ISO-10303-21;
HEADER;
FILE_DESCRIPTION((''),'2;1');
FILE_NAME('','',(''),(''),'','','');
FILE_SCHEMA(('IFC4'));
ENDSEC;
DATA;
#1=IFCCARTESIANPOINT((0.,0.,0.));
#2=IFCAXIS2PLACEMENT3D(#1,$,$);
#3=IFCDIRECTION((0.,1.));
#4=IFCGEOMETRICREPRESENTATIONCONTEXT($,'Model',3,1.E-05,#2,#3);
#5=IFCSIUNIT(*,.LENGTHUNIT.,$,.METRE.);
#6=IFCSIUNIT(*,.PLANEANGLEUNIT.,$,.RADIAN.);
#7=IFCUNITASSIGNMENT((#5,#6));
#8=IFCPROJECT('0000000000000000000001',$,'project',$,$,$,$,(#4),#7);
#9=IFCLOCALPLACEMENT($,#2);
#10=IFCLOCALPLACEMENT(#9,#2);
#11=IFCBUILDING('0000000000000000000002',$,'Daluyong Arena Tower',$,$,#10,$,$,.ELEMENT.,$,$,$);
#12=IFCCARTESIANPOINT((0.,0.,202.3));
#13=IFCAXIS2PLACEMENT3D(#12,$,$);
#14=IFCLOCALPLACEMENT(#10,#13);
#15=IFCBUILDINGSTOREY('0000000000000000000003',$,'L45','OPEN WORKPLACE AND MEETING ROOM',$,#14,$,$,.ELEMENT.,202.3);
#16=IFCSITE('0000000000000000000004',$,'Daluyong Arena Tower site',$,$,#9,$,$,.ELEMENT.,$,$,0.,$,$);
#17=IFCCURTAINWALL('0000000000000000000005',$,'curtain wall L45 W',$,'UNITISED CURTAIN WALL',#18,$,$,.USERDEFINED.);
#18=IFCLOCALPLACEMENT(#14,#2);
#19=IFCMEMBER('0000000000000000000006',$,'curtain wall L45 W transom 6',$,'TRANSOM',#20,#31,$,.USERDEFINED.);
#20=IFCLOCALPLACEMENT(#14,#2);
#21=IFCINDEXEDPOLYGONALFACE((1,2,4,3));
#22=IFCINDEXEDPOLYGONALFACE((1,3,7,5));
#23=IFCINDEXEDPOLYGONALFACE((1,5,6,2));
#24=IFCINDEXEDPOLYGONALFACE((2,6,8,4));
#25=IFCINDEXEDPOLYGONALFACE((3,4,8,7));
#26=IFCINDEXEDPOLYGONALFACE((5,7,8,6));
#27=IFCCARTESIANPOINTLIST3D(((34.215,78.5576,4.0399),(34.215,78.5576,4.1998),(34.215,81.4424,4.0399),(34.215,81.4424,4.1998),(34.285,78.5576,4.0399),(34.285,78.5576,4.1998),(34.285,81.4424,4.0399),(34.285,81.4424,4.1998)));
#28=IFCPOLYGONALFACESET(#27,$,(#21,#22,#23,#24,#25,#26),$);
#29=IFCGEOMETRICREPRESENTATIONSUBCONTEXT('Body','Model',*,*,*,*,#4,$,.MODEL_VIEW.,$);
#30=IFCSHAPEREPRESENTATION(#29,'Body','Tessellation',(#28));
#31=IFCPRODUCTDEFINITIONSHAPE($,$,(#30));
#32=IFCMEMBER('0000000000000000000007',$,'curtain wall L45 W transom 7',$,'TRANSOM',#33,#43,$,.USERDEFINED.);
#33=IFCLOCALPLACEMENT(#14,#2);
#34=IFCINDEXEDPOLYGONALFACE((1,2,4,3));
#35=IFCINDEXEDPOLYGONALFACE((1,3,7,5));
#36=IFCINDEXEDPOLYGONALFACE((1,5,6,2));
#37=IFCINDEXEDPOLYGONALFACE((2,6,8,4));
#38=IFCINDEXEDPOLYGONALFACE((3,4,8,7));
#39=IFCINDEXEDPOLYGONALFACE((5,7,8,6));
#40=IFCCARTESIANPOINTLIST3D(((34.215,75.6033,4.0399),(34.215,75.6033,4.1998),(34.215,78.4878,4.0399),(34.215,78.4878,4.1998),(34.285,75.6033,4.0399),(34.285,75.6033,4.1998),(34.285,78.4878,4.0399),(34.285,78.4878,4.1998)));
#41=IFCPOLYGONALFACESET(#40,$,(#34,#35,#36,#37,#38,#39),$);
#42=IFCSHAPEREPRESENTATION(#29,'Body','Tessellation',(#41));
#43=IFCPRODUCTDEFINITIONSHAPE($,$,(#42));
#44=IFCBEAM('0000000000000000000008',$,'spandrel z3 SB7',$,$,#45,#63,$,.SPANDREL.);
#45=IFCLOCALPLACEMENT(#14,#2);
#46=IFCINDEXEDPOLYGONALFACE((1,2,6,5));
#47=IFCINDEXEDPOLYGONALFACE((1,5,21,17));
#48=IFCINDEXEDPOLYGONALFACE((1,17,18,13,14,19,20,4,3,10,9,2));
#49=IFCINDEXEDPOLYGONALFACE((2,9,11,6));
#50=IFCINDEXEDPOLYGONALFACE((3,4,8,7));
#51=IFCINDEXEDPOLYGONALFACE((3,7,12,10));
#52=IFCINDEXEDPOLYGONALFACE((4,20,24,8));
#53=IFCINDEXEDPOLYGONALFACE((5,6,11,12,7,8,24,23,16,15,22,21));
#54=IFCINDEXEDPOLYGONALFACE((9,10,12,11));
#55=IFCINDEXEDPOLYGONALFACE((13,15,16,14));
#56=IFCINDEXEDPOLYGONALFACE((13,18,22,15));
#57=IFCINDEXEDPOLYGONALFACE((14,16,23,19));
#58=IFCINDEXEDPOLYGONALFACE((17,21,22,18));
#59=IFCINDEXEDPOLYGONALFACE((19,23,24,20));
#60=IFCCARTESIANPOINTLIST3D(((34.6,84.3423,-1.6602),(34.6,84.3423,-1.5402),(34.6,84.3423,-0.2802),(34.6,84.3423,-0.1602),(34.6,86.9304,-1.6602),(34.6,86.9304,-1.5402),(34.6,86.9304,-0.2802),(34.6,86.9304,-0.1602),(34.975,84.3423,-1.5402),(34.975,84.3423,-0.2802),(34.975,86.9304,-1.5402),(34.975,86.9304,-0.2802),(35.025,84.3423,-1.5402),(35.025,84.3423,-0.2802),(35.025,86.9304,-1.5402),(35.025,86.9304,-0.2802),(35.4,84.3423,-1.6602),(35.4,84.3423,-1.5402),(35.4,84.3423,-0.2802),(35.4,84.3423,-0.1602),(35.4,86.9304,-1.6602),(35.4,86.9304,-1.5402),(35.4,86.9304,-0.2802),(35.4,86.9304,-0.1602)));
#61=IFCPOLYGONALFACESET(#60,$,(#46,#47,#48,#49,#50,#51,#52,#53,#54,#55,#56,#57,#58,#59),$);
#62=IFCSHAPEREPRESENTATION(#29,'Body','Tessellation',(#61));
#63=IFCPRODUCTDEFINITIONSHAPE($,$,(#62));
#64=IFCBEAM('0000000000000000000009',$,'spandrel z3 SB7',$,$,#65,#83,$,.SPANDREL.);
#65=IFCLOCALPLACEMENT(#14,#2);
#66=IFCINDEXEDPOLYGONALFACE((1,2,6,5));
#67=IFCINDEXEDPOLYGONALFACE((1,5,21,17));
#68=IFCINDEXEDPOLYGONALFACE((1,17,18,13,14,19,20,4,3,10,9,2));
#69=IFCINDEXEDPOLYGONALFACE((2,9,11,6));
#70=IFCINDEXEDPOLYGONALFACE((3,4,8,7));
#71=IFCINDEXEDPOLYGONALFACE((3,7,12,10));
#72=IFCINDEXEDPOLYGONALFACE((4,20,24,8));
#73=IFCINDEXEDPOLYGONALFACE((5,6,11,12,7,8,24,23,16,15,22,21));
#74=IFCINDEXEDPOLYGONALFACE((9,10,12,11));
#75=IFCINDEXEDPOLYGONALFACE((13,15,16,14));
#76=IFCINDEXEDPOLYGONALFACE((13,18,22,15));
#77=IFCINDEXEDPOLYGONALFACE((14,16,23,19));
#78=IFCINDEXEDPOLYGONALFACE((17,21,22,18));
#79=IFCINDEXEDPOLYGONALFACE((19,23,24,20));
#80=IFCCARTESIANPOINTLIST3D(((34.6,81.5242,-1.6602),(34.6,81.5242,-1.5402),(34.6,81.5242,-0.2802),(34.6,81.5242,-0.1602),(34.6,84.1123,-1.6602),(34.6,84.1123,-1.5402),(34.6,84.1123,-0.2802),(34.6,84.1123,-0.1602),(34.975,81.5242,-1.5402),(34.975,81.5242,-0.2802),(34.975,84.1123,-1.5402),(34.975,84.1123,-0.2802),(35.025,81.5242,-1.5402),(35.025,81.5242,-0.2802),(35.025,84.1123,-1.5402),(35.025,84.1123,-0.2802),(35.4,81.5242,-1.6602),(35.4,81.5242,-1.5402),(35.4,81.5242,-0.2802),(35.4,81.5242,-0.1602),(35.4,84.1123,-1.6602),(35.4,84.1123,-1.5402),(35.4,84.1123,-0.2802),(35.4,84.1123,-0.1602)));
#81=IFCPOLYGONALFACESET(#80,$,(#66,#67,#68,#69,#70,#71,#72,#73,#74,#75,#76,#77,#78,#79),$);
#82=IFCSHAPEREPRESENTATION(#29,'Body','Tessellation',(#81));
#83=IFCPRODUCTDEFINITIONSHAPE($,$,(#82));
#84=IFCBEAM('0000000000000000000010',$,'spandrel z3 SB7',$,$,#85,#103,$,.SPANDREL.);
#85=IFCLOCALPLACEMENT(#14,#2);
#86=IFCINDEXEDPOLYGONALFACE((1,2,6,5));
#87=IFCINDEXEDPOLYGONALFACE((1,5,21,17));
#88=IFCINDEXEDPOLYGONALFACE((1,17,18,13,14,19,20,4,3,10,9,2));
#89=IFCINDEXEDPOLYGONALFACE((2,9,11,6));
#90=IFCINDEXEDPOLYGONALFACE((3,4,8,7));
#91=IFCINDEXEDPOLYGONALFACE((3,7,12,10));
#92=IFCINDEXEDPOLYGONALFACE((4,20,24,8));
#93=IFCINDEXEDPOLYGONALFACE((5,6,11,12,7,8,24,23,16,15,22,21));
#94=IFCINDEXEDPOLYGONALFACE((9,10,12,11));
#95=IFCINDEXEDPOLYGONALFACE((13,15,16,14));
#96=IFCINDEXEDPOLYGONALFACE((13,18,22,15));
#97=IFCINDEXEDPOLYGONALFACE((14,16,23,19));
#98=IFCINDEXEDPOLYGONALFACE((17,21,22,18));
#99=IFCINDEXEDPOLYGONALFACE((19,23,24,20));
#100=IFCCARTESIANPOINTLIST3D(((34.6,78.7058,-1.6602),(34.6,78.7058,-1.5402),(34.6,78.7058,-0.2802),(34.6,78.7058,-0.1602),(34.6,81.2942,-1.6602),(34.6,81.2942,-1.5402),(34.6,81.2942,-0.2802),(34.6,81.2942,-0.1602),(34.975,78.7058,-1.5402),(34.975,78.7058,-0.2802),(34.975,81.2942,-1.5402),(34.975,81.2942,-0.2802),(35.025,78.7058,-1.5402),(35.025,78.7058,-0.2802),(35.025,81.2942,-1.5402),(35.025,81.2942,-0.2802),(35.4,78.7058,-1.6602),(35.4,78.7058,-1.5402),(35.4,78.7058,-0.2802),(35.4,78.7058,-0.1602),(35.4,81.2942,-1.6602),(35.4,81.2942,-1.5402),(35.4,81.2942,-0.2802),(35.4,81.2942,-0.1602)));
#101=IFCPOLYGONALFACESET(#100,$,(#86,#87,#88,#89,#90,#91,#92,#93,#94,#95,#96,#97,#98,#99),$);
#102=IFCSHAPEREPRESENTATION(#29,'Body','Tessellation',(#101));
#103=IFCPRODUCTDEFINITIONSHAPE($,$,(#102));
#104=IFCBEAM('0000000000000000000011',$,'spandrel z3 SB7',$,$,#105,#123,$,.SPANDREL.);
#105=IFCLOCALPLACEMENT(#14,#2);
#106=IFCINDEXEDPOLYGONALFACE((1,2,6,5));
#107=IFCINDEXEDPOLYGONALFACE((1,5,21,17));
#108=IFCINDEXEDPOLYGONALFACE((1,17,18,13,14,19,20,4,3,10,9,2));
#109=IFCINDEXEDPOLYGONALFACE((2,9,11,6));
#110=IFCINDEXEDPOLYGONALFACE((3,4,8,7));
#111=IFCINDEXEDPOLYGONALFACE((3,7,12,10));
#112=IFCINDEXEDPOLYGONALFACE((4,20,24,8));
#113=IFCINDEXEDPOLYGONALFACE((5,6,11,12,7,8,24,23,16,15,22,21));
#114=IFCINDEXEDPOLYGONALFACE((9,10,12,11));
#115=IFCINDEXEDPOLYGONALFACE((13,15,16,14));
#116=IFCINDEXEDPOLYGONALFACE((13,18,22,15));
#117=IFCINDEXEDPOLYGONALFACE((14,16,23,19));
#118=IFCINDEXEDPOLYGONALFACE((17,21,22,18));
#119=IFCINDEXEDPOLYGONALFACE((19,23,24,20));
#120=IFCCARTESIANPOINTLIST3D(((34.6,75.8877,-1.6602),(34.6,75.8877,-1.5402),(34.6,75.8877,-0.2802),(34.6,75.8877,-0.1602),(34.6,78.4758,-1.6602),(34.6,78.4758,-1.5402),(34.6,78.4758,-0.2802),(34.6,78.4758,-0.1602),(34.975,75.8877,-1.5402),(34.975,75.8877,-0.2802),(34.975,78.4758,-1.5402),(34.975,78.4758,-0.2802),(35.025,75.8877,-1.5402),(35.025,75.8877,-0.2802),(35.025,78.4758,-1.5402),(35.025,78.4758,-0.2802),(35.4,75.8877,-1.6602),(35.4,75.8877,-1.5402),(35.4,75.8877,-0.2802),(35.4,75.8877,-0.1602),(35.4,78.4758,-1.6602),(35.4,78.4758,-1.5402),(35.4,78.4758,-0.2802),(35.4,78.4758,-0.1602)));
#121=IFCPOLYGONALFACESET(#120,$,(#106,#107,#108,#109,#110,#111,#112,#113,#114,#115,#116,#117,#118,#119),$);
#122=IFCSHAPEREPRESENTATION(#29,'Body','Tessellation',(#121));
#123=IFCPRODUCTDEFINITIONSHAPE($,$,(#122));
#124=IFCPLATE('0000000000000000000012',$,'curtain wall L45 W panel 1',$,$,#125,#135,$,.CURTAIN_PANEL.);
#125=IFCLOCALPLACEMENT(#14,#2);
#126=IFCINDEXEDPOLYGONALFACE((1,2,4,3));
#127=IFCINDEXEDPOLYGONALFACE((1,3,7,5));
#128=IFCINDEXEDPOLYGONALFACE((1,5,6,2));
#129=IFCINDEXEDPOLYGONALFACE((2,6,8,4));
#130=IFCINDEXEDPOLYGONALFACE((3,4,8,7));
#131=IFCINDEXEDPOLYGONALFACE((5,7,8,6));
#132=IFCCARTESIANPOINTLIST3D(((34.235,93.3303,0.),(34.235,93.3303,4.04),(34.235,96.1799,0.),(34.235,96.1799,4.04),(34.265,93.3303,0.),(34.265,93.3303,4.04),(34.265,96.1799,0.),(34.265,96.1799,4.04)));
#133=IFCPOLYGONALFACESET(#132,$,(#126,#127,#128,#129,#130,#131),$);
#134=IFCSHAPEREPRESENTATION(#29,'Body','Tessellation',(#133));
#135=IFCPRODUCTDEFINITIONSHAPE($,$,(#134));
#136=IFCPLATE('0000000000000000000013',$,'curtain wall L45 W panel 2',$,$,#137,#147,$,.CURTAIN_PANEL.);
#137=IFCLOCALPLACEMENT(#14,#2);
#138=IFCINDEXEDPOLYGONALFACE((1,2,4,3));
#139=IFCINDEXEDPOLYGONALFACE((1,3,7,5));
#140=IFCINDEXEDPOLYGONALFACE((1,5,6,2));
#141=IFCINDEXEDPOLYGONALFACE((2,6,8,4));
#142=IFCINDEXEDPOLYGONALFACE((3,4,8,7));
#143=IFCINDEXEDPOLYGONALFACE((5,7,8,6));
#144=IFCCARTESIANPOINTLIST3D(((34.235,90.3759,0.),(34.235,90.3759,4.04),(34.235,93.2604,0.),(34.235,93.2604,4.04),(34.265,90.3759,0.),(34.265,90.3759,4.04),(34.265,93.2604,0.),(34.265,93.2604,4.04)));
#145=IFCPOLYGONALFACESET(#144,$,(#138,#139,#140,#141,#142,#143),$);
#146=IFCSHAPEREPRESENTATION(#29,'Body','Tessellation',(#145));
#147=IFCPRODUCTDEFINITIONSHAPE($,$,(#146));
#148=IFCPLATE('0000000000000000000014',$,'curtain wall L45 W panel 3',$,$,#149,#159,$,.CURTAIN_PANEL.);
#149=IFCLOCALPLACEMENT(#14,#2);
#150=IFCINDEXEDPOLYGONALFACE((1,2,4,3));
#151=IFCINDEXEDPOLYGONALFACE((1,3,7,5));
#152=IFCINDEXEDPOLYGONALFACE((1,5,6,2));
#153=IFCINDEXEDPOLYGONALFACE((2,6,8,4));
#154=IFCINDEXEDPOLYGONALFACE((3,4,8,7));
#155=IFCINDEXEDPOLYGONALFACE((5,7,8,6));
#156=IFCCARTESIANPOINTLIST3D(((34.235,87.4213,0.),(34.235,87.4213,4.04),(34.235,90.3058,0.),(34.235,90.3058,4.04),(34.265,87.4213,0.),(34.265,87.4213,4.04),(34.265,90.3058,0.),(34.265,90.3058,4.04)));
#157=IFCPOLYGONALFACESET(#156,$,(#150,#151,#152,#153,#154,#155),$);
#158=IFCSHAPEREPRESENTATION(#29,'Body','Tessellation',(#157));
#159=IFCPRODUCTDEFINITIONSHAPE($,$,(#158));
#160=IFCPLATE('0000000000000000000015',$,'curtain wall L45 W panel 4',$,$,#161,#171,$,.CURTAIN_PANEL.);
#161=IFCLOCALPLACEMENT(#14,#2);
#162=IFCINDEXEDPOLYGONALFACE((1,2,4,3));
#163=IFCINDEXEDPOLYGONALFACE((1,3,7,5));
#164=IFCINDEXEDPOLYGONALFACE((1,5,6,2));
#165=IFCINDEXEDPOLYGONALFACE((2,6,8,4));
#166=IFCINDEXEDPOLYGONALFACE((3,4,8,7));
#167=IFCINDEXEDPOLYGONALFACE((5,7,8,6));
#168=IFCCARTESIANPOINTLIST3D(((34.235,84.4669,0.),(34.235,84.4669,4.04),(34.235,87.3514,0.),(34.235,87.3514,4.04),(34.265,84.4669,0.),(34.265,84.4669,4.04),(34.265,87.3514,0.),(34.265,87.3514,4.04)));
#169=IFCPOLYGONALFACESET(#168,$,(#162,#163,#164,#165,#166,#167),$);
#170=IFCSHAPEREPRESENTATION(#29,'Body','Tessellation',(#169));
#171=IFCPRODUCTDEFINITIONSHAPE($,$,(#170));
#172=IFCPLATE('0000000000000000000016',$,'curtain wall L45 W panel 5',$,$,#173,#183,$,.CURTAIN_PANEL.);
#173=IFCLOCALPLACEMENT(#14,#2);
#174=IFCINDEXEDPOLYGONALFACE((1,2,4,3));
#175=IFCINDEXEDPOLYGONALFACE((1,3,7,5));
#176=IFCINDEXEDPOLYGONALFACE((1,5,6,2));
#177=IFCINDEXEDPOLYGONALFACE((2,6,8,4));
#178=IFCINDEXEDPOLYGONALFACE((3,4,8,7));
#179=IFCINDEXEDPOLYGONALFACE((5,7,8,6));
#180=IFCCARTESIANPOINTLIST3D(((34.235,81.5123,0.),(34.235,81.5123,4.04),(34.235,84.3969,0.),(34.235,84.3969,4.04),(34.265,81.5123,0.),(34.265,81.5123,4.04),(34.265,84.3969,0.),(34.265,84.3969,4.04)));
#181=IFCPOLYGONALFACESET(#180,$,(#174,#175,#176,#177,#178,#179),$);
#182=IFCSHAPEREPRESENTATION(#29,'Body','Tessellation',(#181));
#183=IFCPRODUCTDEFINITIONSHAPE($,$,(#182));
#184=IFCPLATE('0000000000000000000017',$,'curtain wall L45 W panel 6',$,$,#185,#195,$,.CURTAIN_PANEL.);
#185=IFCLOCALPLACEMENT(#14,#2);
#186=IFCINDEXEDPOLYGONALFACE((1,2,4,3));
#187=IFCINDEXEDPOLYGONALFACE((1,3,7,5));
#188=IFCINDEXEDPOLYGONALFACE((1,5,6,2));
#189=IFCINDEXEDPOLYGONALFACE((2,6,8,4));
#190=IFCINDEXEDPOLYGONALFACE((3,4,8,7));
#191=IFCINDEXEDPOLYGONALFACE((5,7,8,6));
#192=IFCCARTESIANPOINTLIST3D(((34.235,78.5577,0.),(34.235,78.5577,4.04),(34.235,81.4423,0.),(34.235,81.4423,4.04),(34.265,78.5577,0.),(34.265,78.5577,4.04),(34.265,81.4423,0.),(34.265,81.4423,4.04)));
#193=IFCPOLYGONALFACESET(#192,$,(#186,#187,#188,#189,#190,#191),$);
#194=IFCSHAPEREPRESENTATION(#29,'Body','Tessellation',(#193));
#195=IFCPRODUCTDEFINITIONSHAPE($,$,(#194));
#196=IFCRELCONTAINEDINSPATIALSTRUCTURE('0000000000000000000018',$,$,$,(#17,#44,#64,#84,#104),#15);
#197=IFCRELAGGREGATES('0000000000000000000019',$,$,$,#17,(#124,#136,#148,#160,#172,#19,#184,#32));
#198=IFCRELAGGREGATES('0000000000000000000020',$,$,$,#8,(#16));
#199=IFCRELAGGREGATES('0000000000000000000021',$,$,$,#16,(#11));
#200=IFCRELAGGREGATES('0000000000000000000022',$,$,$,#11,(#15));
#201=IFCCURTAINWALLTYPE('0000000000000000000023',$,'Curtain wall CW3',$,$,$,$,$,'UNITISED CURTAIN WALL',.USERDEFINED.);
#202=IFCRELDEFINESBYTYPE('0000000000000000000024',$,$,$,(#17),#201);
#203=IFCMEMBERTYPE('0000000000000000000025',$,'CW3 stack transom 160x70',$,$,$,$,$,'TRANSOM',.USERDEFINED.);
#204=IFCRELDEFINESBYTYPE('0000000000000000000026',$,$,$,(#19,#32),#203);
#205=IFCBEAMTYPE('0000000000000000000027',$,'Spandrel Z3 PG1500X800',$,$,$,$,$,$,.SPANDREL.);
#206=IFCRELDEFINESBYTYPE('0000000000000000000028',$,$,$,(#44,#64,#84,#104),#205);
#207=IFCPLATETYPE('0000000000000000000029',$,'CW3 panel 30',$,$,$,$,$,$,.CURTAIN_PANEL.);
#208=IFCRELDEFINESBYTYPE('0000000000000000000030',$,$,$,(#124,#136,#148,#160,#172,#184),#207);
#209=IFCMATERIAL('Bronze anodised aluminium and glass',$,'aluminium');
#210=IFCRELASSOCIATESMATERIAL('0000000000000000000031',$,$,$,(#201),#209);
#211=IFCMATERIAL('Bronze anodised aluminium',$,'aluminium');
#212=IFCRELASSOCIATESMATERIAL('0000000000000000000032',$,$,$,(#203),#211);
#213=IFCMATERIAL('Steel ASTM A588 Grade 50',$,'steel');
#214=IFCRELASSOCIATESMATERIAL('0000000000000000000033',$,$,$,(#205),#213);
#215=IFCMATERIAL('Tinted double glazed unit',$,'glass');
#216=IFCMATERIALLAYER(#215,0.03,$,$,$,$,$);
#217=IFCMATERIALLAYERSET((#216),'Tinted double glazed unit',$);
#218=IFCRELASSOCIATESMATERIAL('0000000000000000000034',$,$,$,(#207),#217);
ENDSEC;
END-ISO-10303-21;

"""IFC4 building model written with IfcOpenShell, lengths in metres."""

from ifc_helpers import new_model, si_unit, direction, frame, origin, origin_2d, place, context, subcontext, project, spatial, rectangle, i_section, extrude, material, layer, layer_set, material_profile, profile_set, type_object, element, aggregate, save


model = new_model("IFC4")

# Units and contexts
model_context = context("Model", 3, precision=1e-05, world=origin(), true_north=direction((0.0, 1.0)))
body_context = subcontext(model_context, "Body", "Model", "MODEL_VIEW")
ifc_project = project(units=[si_unit("LENGTHUNIT", "METRE"), si_unit("PLANEANGLEUNIT", "RADIAN")], contexts=[model_context])

# Site, building, storey
site_placement = place(None, origin())
site = spatial("IfcSite", under=ifc_project, at=site_placement, Name="Daluyong Arena Tower site", CompositionType="ELEMENT", RefElevation=0.0)
building_placement = place(site_placement, origin())
building = spatial("IfcBuilding", under=site, at=building_placement, Name="Daluyong Arena Tower", CompositionType="ELEMENT")
storey_placement = place(building_placement, frame((0.0, 0.0, 202.3)))
storey = spatial("IfcBuildingStorey", under=building, at=storey_placement, Name="L45", Description="OPEN WORKPLACE AND MEETING ROOM", CompositionType="ELEMENT", Elevation=202.3)

# Curtain wall, members
ifc_material_1 = material(Name="Bronze anodised aluminium and glass", Category="aluminium")
curtain_wall_type = type_object("IfcCurtainWallType", Name="Curtain wall CW3", ElementType="UNITISED CURTAIN WALL", PredefinedType="USERDEFINED", material=ifc_material_1)
curtain_wall_placement = place(storey_placement, origin())
curtain_wall = element("IfcCurtainWall", 1, at=curtain_wall_placement, inside=storey, type_object=curtain_wall_type, Name="curtain wall L45 W", ObjectType="UNITISED CURTAIN WALL", PredefinedType="USERDEFINED")
ifc_material_2 = material(Name="Bronze anodised aluminium", Category="aluminium")
ifc_material_profile_1 = material_profile(ifc_material_2, rectangle(XDim=0.0701, YDim=0.1599, at=origin_2d()))
ifc_profile_set_1 = profile_set([ifc_material_profile_1], Name="Bronze anodised aluminium")
member_type_1 = type_object("IfcMemberType", Name="CW3 stack transom 160x70", ElementType="TRANSOM", PredefinedType="USERDEFINED", material=ifc_profile_set_1)
member_1_placement = place(storey_placement, frame((34.25, 81.4424, 4.1199), z_axis=(0.0, -1.0, 0.0), x_axis=(1.0, 0.0, 0.0)))
member_1 = element("IfcMember", 2, at=member_1_placement, type_object=member_type_1, Name="curtain wall L45 W transom 6", ObjectType="TRANSOM", PredefinedType="USERDEFINED", context=body_context, shape_type="SweptSolid", body=[
    extrude(rectangle(XDim=0.0701, YDim=0.1599, at=origin_2d()), origin(), (0.0, 0.0, 1.0), 2.8848),
])
member_2_placement = place(storey_placement, frame((34.25, 78.4878, 4.1199), z_axis=(0.0, -1.0, 0.0), x_axis=(1.0, 0.0, 0.0)))
member_2 = element("IfcMember", 3, at=member_2_placement, type_object=member_type_1, Name="curtain wall L45 W transom 7", ObjectType="TRANSOM", PredefinedType="USERDEFINED", context=body_context, shape_type="SweptSolid", body=[
    extrude(rectangle(XDim=0.0701, YDim=0.1599, at=origin_2d()), origin(), (0.0, 0.0, 1.0), 2.8845),
])

# Beams
ifc_material_3 = material(Name="Steel ASTM A588 Grade 50", Category="steel")
ifc_material_profile_2 = material_profile(ifc_material_3, i_section(OverallWidth=0.8, OverallDepth=1.5, WebThickness=0.05, FlangeThickness=0.12, at=origin_2d()))
ifc_profile_set_2 = profile_set([ifc_material_profile_2], Name="Steel ASTM A588 Grade 50")
beam_type = type_object("IfcBeamType", Name="Spandrel Z3 PG1500X800", PredefinedType="SPANDREL", material=ifc_profile_set_2)
for number, where, z_axis, x_axis, name in (
    (4, (35.0, 86.9304, -0.9102), (0.0, -1.0, 0.0), (1.0, 0.0, 0.0), "spandrel z3 SB7"),
    (5, (35.0, 84.1123, -0.9102), (0.0, -1.0, 0.0), (1.0, 0.0, 0.0), "spandrel z3 SB7"),
):
    element("IfcBeam", number, at=place(storey_placement, frame(where, z_axis=z_axis, x_axis=x_axis)), inside=storey, type_object=beam_type, Name=name, PredefinedType="SPANDREL", context=body_context, shape_type="SweptSolid", body=[
        extrude(i_section(OverallWidth=0.8, OverallDepth=1.5, WebThickness=0.05, FlangeThickness=0.12, at=origin_2d()), origin(), (0.0, 0.0, 1.0), 2.5881),
    ])
beam_1_placement = place(storey_placement, frame((35.0, 81.2942, -0.9102), z_axis=(0.0, -1.0, 0.0), x_axis=(1.0, 0.0, 0.0)))
element("IfcBeam", 6, at=beam_1_placement, inside=storey, type_object=beam_type, Name="spandrel z3 SB7", PredefinedType="SPANDREL", context=body_context, shape_type="SweptSolid", body=[
    extrude(i_section(OverallWidth=0.8, OverallDepth=1.5, WebThickness=0.05, FlangeThickness=0.12, at=origin_2d()), origin(), (0.0, 0.0, 1.0), 2.5884),
])
beam_2_placement = place(storey_placement, frame((35.0, 78.4758, -0.9102), z_axis=(0.0, -1.0, 0.0), x_axis=(1.0, 0.0, 0.0)))
element("IfcBeam", 7, at=beam_2_placement, inside=storey, type_object=beam_type, Name="spandrel z3 SB7", PredefinedType="SPANDREL", context=body_context, shape_type="SweptSolid", body=[
    extrude(i_section(OverallWidth=0.8, OverallDepth=1.5, WebThickness=0.05, FlangeThickness=0.12, at=origin_2d()), origin(), (0.0, 0.0, 1.0), 2.5881),
])

# Plates
ifc_material_4 = material(Name="Tinted double glazed unit", Category="glass")
ifc_layer = layer(ifc_material_4, 0.03)
ifc_layer_set = layer_set([ifc_layer], Name="Tinted double glazed unit")
plate_type = type_object("IfcPlateType", Name="CW3 panel 30", PredefinedType="CURTAIN_PANEL", material=ifc_layer_set)
plate_1_placement = place(storey_placement, frame((34.25, 94.7551, 0.0), z_axis=(0.0, 0.0, 1.0), x_axis=(0.0, -1.0, 0.0)))
plate_1 = element("IfcPlate", 8, at=plate_1_placement, type_object=plate_type, Name="curtain wall L45 W panel 1", PredefinedType="CURTAIN_PANEL", context=body_context, shape_type="SweptSolid", body=[
    extrude(rectangle(XDim=2.8496, YDim=0.03, at=origin_2d()), origin(), (0.0, 0.0, 1.0), 4.04),
])
plate_2_placement = place(storey_placement, frame((34.25, 91.8181, 0.0), z_axis=(0.0, 0.0, 1.0), x_axis=(0.0, -1.0, 0.0)))
plate_2 = element("IfcPlate", 9, at=plate_2_placement, type_object=plate_type, Name="curtain wall L45 W panel 2", PredefinedType="CURTAIN_PANEL", context=body_context, shape_type="SweptSolid", body=[
    extrude(rectangle(XDim=2.8845, YDim=0.03, at=origin_2d()), origin(), (0.0, 0.0, 1.0), 4.04),
])
plate_3_placement = place(storey_placement, frame((34.25, 88.8635, 0.0), z_axis=(0.0, 0.0, 1.0), x_axis=(0.0, -1.0, 0.0)))
plate_3 = element("IfcPlate", 10, at=plate_3_placement, type_object=plate_type, Name="curtain wall L45 W panel 3", PredefinedType="CURTAIN_PANEL", context=body_context, shape_type="SweptSolid", body=[
    extrude(rectangle(XDim=2.8845, YDim=0.03, at=origin_2d()), origin(), (0.0, 0.0, 1.0), 4.04),
])
plate_4_placement = place(storey_placement, frame((34.25, 85.9092, 0.0), z_axis=(0.0, 0.0, 1.0), x_axis=(0.0, -1.0, 0.0)))
plate_4 = element("IfcPlate", 11, at=plate_4_placement, type_object=plate_type, Name="curtain wall L45 W panel 4", PredefinedType="CURTAIN_PANEL", context=body_context, shape_type="SweptSolid", body=[
    extrude(rectangle(XDim=2.8845, YDim=0.03, at=origin_2d()), origin(), (0.0, 0.0, 1.0), 4.04),
])
plate_5_placement = place(storey_placement, frame((34.25, 82.9546, 0.0), z_axis=(0.0, 0.0, 1.0), x_axis=(0.0, -1.0, 0.0)))
plate_5 = element("IfcPlate", 12, at=plate_5_placement, type_object=plate_type, Name="curtain wall L45 W panel 5", PredefinedType="CURTAIN_PANEL", context=body_context, shape_type="SweptSolid", body=[
    extrude(rectangle(XDim=2.8845, YDim=0.03, at=origin_2d()), origin(), (0.0, 0.0, 1.0), 4.04),
])
plate_6_placement = place(storey_placement, frame((34.25, 80.0, 0.0), z_axis=(0.0, 0.0, 1.0), x_axis=(0.0, -1.0, 0.0)))
plate_6 = element("IfcPlate", 13, at=plate_6_placement, type_object=plate_type, Name="curtain wall L45 W panel 6", PredefinedType="CURTAIN_PANEL", context=body_context, shape_type="SweptSolid", body=[
    extrude(rectangle(XDim=2.8845, YDim=0.03, at=origin_2d()), origin(), (0.0, 0.0, 1.0), 4.04),
])
aggregate(curtain_wall, [plate_1, plate_2, plate_3, plate_4, plate_5, member_1, plate_6, member_2])

save(model, "model.ifc")
